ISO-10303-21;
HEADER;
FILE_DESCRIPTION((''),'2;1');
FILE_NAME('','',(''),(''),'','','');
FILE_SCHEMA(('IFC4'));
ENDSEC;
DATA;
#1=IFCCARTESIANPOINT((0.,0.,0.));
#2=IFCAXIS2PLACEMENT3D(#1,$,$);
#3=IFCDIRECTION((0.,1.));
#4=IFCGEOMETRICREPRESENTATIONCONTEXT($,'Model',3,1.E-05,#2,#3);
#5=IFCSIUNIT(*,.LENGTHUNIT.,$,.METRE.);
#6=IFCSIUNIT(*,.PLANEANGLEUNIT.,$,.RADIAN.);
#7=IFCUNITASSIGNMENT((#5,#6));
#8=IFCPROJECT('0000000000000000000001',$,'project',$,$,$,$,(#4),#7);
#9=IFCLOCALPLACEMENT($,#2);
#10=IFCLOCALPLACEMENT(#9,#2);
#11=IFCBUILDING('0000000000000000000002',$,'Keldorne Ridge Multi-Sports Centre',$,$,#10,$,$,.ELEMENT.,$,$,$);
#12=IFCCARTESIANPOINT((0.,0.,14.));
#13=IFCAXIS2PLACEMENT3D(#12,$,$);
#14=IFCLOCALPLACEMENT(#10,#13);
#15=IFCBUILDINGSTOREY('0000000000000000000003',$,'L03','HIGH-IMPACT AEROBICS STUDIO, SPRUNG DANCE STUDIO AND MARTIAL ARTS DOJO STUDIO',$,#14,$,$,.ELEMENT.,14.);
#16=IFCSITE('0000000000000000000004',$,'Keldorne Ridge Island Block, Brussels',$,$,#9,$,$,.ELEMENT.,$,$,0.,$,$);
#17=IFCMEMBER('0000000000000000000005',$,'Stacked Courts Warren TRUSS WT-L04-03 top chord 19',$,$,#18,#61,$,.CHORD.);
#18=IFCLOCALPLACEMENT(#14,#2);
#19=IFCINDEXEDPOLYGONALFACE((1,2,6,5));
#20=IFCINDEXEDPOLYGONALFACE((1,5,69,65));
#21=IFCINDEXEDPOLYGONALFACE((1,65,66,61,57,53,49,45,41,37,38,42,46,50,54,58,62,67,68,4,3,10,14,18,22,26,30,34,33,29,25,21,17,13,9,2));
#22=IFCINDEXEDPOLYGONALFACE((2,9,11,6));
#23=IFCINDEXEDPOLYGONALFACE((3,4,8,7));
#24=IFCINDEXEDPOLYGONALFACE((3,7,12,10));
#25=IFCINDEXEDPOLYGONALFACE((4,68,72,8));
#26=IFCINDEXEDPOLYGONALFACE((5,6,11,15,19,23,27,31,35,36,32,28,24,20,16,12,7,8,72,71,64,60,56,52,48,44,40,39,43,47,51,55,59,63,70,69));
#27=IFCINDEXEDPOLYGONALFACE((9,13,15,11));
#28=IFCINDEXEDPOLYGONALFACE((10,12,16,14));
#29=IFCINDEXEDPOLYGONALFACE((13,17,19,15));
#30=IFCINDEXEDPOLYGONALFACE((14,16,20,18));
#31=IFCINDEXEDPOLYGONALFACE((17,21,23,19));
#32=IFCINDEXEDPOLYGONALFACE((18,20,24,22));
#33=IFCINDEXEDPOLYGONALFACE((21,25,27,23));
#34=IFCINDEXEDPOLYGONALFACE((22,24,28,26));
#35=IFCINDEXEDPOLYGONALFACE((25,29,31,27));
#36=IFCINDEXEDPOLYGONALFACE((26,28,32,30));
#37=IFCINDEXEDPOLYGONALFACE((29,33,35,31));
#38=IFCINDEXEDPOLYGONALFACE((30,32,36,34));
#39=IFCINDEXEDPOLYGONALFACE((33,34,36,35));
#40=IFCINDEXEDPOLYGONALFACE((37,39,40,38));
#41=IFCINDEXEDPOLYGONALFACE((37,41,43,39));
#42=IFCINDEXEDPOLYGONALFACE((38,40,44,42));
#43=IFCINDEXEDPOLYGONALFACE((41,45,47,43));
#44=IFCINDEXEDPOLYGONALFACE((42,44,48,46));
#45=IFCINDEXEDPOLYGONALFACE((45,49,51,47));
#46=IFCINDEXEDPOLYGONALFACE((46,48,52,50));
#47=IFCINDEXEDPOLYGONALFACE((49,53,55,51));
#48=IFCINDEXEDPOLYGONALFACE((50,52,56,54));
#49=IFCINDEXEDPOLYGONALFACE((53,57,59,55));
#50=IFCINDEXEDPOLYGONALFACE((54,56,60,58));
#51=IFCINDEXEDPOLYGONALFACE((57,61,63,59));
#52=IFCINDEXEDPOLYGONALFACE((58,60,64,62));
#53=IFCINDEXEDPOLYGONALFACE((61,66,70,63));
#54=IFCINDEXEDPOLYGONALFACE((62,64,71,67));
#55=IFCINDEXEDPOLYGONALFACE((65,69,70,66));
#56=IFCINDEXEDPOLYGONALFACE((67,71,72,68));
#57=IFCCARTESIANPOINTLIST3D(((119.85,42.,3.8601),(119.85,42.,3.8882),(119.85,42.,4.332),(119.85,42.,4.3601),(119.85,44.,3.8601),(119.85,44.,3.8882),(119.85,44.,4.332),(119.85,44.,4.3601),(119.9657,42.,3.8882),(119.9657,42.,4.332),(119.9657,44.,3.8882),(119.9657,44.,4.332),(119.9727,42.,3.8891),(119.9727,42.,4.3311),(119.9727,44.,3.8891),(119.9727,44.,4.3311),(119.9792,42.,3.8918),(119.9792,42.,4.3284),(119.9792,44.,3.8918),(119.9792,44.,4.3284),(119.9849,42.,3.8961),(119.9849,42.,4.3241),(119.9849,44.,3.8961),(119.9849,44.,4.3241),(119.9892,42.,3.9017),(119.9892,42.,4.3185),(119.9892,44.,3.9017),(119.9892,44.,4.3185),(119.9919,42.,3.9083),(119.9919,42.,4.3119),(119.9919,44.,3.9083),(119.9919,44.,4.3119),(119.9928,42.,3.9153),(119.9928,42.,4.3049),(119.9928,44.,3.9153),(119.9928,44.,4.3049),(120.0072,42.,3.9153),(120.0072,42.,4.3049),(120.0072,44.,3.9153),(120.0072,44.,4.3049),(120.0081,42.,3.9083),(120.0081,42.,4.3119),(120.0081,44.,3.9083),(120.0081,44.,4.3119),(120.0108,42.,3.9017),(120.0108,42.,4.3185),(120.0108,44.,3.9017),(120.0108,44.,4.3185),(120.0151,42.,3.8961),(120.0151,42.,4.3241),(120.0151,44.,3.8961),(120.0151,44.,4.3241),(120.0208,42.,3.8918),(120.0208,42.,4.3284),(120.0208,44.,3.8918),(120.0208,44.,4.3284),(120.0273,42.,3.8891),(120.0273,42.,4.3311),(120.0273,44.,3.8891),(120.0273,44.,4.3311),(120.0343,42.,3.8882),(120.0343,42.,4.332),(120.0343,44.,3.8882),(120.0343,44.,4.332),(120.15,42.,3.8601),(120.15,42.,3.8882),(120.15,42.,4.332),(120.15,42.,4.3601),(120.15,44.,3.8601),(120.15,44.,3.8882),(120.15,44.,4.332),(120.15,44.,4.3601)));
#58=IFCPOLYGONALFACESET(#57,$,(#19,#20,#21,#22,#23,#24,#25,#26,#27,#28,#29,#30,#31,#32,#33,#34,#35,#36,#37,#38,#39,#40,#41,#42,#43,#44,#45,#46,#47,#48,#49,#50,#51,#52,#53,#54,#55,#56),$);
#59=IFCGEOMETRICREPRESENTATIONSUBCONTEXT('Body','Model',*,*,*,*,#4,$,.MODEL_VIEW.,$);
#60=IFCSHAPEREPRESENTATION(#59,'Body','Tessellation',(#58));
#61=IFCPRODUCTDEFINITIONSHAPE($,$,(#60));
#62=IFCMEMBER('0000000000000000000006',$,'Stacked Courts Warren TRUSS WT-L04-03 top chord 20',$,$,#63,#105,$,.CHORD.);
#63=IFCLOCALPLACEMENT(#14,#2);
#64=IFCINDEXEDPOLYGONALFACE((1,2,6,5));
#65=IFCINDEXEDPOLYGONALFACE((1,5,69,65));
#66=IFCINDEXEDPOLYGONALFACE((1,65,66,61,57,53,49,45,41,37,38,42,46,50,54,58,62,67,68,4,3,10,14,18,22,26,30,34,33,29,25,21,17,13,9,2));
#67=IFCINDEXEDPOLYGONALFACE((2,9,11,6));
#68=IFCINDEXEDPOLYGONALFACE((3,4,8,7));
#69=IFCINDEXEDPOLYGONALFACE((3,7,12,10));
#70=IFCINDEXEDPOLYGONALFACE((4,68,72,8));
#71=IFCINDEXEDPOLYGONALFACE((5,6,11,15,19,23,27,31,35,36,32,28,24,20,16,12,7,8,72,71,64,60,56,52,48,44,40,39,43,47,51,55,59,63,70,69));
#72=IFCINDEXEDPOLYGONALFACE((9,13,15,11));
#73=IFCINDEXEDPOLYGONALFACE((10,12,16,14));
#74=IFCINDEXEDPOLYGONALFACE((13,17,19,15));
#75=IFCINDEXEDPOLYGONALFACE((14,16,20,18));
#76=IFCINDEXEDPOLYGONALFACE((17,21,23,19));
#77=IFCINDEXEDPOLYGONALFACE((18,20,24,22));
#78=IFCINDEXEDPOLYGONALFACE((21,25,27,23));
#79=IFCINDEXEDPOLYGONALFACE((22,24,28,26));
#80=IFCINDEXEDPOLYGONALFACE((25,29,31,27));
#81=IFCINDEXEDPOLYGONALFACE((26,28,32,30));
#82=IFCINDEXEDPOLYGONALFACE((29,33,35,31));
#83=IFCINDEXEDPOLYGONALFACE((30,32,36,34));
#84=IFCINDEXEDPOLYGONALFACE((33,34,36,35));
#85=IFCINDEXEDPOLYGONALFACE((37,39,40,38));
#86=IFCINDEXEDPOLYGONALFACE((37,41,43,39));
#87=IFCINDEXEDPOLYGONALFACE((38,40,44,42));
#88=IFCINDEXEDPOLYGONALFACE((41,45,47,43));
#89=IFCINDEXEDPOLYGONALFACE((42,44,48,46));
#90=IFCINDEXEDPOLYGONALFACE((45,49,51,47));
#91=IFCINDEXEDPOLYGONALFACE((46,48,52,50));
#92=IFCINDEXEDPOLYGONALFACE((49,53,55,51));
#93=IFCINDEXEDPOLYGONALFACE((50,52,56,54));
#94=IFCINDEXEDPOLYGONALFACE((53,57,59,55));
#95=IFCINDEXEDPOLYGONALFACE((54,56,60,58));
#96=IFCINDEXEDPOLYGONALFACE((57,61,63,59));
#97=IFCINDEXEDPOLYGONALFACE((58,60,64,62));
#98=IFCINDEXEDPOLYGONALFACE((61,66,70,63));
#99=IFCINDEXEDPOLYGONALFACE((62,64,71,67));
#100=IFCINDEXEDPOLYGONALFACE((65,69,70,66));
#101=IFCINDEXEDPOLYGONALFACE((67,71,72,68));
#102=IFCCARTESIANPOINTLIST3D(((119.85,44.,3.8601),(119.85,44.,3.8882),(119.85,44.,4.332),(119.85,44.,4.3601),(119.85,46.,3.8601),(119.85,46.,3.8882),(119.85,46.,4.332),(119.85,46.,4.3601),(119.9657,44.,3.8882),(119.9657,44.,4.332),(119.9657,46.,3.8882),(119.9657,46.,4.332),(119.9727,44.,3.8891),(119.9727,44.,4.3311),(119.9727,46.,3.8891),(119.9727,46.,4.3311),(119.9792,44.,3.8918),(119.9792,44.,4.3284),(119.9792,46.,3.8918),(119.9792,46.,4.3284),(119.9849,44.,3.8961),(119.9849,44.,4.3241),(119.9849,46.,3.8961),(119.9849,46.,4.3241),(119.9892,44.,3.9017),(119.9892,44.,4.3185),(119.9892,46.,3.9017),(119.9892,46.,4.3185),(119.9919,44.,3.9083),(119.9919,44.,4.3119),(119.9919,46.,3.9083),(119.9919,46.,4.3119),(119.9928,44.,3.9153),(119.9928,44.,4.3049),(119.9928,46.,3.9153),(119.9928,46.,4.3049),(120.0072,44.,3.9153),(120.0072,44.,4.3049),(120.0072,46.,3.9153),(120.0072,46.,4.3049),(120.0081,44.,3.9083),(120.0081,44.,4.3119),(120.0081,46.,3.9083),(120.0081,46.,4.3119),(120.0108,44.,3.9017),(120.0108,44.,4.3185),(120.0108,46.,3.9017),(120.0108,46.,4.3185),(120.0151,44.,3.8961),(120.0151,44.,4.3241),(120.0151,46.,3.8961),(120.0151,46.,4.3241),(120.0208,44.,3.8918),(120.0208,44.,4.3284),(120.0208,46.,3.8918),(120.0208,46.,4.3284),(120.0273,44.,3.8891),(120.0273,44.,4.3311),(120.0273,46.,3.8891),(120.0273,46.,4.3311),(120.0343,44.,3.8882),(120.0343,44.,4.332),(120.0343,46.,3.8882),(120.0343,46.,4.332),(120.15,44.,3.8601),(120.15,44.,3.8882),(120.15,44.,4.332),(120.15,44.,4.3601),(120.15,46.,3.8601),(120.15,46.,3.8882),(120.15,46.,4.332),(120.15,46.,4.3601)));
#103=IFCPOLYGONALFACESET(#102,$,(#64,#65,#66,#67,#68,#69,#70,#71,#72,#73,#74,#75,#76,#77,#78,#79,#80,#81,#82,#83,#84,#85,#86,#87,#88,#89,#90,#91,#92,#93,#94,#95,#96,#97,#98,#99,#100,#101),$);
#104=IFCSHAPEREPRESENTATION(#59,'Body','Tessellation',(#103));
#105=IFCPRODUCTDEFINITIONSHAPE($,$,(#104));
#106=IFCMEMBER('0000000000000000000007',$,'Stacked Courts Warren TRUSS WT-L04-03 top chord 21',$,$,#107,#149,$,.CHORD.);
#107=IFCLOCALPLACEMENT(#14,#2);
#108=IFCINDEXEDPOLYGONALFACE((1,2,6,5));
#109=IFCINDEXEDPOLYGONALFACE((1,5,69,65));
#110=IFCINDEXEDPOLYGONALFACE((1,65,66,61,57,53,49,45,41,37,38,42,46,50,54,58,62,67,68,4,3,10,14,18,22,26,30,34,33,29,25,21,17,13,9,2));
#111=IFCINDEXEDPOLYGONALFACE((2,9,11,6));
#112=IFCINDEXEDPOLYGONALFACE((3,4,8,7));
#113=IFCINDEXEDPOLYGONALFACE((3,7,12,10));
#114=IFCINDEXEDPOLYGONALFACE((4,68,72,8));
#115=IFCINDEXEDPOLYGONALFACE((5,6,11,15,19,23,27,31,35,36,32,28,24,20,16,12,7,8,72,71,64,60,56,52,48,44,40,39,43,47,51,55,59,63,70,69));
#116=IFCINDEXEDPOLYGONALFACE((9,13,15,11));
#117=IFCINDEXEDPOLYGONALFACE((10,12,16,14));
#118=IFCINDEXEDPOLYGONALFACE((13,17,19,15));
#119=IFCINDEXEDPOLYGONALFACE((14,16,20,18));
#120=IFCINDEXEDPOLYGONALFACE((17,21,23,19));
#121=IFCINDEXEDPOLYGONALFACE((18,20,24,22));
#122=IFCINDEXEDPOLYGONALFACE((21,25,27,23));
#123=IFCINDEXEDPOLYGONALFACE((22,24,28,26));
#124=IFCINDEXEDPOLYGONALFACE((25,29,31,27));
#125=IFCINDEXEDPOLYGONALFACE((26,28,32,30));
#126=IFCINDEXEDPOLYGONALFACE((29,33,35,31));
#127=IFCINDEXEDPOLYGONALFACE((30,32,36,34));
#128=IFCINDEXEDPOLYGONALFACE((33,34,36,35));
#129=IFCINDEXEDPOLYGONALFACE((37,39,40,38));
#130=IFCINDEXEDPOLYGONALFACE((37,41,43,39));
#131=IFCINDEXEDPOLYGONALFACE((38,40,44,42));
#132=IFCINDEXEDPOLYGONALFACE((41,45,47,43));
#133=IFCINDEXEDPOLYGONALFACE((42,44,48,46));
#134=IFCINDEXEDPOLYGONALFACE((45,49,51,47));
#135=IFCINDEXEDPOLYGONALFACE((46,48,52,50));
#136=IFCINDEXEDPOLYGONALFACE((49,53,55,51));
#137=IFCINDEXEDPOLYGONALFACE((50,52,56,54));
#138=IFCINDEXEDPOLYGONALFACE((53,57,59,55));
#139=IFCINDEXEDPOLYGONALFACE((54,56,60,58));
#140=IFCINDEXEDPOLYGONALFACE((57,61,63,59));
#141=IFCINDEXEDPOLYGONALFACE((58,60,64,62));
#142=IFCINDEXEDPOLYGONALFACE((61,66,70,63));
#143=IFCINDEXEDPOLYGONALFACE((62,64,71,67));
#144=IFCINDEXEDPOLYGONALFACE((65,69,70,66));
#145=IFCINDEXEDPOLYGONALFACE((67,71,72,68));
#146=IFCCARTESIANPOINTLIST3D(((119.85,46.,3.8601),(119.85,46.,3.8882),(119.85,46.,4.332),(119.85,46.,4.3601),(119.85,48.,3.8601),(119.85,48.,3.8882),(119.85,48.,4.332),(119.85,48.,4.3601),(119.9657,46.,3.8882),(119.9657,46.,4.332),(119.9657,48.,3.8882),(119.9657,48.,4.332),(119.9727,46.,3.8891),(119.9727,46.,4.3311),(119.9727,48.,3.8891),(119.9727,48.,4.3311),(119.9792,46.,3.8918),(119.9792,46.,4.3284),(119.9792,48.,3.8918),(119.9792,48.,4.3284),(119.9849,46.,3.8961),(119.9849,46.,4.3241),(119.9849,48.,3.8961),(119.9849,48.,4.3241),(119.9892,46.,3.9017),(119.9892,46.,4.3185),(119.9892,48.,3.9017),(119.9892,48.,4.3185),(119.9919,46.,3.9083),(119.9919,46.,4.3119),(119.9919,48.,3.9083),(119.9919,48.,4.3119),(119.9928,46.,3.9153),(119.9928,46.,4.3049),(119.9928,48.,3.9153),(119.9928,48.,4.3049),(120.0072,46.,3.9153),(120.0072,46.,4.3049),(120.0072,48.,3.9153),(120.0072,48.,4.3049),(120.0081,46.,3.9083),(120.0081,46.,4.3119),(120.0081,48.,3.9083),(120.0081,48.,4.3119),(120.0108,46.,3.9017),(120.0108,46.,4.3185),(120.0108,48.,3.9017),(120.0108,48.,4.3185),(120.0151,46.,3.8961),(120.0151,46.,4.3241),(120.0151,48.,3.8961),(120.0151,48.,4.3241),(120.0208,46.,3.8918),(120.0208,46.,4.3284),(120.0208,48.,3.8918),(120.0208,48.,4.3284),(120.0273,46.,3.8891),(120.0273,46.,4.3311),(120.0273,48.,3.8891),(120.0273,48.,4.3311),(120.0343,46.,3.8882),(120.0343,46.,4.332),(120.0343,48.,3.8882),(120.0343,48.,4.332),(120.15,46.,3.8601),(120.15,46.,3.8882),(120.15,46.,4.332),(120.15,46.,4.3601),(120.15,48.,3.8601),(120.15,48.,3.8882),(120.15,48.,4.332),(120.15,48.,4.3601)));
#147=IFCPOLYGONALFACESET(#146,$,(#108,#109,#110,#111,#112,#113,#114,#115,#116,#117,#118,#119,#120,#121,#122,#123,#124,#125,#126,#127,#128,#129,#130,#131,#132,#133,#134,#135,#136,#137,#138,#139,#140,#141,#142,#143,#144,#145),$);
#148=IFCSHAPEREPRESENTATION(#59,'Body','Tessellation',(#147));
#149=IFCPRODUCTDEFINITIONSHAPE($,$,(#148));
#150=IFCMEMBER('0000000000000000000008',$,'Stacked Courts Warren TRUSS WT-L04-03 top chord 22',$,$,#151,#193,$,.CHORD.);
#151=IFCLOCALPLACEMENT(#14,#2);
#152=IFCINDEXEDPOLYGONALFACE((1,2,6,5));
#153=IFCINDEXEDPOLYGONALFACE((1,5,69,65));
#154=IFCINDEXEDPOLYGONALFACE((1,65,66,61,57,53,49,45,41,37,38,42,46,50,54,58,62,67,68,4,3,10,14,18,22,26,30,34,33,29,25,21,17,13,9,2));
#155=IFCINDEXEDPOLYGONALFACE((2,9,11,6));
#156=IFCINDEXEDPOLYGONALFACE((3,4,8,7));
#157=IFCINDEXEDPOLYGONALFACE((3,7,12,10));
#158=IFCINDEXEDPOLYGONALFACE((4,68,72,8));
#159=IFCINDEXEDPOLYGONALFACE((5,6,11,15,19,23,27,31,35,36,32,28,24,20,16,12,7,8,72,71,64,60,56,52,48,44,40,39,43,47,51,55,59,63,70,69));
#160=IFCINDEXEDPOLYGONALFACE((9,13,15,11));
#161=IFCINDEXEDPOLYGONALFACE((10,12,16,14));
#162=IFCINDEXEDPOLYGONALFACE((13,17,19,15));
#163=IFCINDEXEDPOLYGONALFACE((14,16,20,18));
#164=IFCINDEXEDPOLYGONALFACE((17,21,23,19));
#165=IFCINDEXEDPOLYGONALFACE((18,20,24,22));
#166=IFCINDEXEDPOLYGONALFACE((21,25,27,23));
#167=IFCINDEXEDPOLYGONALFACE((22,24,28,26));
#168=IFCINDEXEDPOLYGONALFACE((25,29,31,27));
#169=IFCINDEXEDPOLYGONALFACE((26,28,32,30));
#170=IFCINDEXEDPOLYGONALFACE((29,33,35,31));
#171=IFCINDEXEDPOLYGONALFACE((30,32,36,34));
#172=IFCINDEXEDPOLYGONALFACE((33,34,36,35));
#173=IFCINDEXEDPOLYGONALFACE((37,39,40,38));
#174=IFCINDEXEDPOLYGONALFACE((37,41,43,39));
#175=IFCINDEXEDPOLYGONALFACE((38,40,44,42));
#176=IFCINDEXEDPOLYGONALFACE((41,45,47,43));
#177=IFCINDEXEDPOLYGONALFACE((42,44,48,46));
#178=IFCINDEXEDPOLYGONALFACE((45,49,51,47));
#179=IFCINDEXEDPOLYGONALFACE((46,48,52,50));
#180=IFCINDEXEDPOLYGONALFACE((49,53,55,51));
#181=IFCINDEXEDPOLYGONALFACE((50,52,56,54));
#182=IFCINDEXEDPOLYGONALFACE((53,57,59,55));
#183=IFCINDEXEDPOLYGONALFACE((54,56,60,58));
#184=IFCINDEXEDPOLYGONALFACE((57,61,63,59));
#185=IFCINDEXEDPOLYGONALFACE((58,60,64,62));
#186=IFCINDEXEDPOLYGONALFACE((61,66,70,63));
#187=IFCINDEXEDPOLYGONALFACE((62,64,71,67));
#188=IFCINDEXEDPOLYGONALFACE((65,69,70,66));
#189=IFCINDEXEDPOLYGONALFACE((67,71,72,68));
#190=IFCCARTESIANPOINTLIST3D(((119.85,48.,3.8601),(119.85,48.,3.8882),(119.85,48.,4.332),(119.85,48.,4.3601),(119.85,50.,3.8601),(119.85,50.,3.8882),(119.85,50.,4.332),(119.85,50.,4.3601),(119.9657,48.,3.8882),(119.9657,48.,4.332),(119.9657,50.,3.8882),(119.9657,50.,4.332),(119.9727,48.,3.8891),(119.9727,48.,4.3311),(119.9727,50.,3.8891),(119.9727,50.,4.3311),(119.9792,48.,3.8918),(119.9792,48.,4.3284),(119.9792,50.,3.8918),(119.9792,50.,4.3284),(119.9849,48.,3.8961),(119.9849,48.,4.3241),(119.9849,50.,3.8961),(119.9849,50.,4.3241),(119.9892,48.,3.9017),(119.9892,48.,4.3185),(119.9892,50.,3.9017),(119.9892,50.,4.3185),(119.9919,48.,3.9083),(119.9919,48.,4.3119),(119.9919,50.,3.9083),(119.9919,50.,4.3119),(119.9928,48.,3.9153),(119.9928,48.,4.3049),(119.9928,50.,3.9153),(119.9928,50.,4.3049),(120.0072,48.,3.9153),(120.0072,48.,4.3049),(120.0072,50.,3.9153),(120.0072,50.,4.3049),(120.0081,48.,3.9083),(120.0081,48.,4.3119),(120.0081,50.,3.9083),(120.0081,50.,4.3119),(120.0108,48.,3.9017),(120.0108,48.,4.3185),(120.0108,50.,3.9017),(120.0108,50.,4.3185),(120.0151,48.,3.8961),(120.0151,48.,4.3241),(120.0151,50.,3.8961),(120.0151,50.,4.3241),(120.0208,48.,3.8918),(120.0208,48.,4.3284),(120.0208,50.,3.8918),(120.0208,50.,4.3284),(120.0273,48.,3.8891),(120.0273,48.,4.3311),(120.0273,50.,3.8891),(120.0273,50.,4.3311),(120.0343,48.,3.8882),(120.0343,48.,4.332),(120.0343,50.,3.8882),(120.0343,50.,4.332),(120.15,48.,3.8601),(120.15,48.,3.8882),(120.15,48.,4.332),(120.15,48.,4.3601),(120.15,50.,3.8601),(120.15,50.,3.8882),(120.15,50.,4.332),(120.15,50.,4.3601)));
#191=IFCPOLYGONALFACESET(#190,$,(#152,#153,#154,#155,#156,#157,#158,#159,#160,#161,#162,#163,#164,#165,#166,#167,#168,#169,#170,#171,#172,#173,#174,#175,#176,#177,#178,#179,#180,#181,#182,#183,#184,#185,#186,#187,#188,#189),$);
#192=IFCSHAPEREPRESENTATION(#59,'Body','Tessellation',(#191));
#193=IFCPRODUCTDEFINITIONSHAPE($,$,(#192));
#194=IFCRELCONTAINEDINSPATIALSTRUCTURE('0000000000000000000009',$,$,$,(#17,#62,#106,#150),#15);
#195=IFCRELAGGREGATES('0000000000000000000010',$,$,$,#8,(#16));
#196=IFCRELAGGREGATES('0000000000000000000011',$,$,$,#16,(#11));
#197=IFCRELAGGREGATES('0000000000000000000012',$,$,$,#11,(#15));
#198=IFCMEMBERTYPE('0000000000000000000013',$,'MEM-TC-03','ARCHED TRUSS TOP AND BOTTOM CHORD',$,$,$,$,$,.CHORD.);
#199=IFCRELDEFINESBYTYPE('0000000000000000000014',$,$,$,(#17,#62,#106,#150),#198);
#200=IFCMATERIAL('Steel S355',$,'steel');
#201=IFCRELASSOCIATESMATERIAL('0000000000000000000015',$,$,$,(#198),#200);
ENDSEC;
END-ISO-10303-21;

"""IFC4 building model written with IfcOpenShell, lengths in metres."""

from ifc_helpers import new_model, si_unit, direction, frame, origin, origin_2d, place, context, subcontext, project, spatial, i_section, extrude, material, material_profile, profile_set, type_object, element, save


model = new_model("IFC4")

# Units and contexts
model_context = context("Model", 3, precision=1e-05, world=origin(), true_north=direction((0.0, 1.0)))
body_context = subcontext(model_context, "Body", "Model", "MODEL_VIEW")
ifc_project = project(units=[si_unit("LENGTHUNIT", "METRE"), si_unit("PLANEANGLEUNIT", "RADIAN")], contexts=[model_context])

# Site, building, storey
site_placement = place(None, origin())
site = spatial("IfcSite", under=ifc_project, at=site_placement, Name="Keldorne Ridge Island Block, Brussels", CompositionType="ELEMENT", RefElevation=0.0)
building_placement = place(site_placement, origin())
building = spatial("IfcBuilding", under=site, at=building_placement, Name="Keldorne Ridge Multi-Sports Centre", CompositionType="ELEMENT")
storey_placement = place(building_placement, frame((0.0, 0.0, 14.0)))
storey = spatial("IfcBuildingStorey", under=building, at=storey_placement, Name="L03", Description="HIGH-IMPACT AEROBICS STUDIO, SPRUNG DANCE STUDIO AND MARTIAL ARTS DOJO STUDIO", CompositionType="ELEMENT", Elevation=14.0)

# Members
ifc_material = material(Name="Steel S355", Category="steel")
ifc_material_profile_1 = material_profile(ifc_material, i_section(OverallWidth=0.3, OverallDepth=0.5, WebThickness=0.0144, FlangeThickness=0.0281, FilletRadius=0.0271, at=origin_2d()), Name="HEB 500")
ifc_profile_set_1 = profile_set([ifc_material_profile_1], Name="Steel S355")
member_type_1 = type_object("IfcMemberType", Name="MEM-TC-03", Description="ARCHED TRUSS TOP AND BOTTOM CHORD", PredefinedType="CHORD", material=ifc_profile_set_1)
for number, where, z_axis, x_axis, name in (
    (1, (120.0, 42.0, 4.1101), (0.0, 1.0, 0.0), (-1.0, 0.0, 0.0), "Stacked Courts Warren TRUSS WT-L04-03 top chord 19"),
    (2, (120.0, 44.0, 4.1101), (0.0, 1.0, 0.0), (-1.0, 0.0, 0.0), "Stacked Courts Warren TRUSS WT-L04-03 top chord 20"),
    (3, (120.0, 46.0, 4.1101), (0.0, 1.0, 0.0), (-1.0, 0.0, 0.0), "Stacked Courts Warren TRUSS WT-L04-03 top chord 21"),
    (4, (120.0, 48.0, 4.1101), (0.0, 1.0, 0.0), (-1.0, 0.0, 0.0), "Stacked Courts Warren TRUSS WT-L04-03 top chord 22"),
):
    element("IfcMember", number, at=place(storey_placement, frame(where, z_axis=z_axis, x_axis=x_axis)), inside=storey, type_object=member_type_1, Name=name, PredefinedType="CHORD", context=body_context, shape_type="SweptSolid", body=[
        extrude(i_section(OverallWidth=0.3, OverallDepth=0.5, WebThickness=0.0144, FlangeThickness=0.0281, FilletRadius=0.0271, at=origin_2d()), origin(), (0.0, 0.0, 1.0), 2.0),
    ])

save(model, "model.ifc")
